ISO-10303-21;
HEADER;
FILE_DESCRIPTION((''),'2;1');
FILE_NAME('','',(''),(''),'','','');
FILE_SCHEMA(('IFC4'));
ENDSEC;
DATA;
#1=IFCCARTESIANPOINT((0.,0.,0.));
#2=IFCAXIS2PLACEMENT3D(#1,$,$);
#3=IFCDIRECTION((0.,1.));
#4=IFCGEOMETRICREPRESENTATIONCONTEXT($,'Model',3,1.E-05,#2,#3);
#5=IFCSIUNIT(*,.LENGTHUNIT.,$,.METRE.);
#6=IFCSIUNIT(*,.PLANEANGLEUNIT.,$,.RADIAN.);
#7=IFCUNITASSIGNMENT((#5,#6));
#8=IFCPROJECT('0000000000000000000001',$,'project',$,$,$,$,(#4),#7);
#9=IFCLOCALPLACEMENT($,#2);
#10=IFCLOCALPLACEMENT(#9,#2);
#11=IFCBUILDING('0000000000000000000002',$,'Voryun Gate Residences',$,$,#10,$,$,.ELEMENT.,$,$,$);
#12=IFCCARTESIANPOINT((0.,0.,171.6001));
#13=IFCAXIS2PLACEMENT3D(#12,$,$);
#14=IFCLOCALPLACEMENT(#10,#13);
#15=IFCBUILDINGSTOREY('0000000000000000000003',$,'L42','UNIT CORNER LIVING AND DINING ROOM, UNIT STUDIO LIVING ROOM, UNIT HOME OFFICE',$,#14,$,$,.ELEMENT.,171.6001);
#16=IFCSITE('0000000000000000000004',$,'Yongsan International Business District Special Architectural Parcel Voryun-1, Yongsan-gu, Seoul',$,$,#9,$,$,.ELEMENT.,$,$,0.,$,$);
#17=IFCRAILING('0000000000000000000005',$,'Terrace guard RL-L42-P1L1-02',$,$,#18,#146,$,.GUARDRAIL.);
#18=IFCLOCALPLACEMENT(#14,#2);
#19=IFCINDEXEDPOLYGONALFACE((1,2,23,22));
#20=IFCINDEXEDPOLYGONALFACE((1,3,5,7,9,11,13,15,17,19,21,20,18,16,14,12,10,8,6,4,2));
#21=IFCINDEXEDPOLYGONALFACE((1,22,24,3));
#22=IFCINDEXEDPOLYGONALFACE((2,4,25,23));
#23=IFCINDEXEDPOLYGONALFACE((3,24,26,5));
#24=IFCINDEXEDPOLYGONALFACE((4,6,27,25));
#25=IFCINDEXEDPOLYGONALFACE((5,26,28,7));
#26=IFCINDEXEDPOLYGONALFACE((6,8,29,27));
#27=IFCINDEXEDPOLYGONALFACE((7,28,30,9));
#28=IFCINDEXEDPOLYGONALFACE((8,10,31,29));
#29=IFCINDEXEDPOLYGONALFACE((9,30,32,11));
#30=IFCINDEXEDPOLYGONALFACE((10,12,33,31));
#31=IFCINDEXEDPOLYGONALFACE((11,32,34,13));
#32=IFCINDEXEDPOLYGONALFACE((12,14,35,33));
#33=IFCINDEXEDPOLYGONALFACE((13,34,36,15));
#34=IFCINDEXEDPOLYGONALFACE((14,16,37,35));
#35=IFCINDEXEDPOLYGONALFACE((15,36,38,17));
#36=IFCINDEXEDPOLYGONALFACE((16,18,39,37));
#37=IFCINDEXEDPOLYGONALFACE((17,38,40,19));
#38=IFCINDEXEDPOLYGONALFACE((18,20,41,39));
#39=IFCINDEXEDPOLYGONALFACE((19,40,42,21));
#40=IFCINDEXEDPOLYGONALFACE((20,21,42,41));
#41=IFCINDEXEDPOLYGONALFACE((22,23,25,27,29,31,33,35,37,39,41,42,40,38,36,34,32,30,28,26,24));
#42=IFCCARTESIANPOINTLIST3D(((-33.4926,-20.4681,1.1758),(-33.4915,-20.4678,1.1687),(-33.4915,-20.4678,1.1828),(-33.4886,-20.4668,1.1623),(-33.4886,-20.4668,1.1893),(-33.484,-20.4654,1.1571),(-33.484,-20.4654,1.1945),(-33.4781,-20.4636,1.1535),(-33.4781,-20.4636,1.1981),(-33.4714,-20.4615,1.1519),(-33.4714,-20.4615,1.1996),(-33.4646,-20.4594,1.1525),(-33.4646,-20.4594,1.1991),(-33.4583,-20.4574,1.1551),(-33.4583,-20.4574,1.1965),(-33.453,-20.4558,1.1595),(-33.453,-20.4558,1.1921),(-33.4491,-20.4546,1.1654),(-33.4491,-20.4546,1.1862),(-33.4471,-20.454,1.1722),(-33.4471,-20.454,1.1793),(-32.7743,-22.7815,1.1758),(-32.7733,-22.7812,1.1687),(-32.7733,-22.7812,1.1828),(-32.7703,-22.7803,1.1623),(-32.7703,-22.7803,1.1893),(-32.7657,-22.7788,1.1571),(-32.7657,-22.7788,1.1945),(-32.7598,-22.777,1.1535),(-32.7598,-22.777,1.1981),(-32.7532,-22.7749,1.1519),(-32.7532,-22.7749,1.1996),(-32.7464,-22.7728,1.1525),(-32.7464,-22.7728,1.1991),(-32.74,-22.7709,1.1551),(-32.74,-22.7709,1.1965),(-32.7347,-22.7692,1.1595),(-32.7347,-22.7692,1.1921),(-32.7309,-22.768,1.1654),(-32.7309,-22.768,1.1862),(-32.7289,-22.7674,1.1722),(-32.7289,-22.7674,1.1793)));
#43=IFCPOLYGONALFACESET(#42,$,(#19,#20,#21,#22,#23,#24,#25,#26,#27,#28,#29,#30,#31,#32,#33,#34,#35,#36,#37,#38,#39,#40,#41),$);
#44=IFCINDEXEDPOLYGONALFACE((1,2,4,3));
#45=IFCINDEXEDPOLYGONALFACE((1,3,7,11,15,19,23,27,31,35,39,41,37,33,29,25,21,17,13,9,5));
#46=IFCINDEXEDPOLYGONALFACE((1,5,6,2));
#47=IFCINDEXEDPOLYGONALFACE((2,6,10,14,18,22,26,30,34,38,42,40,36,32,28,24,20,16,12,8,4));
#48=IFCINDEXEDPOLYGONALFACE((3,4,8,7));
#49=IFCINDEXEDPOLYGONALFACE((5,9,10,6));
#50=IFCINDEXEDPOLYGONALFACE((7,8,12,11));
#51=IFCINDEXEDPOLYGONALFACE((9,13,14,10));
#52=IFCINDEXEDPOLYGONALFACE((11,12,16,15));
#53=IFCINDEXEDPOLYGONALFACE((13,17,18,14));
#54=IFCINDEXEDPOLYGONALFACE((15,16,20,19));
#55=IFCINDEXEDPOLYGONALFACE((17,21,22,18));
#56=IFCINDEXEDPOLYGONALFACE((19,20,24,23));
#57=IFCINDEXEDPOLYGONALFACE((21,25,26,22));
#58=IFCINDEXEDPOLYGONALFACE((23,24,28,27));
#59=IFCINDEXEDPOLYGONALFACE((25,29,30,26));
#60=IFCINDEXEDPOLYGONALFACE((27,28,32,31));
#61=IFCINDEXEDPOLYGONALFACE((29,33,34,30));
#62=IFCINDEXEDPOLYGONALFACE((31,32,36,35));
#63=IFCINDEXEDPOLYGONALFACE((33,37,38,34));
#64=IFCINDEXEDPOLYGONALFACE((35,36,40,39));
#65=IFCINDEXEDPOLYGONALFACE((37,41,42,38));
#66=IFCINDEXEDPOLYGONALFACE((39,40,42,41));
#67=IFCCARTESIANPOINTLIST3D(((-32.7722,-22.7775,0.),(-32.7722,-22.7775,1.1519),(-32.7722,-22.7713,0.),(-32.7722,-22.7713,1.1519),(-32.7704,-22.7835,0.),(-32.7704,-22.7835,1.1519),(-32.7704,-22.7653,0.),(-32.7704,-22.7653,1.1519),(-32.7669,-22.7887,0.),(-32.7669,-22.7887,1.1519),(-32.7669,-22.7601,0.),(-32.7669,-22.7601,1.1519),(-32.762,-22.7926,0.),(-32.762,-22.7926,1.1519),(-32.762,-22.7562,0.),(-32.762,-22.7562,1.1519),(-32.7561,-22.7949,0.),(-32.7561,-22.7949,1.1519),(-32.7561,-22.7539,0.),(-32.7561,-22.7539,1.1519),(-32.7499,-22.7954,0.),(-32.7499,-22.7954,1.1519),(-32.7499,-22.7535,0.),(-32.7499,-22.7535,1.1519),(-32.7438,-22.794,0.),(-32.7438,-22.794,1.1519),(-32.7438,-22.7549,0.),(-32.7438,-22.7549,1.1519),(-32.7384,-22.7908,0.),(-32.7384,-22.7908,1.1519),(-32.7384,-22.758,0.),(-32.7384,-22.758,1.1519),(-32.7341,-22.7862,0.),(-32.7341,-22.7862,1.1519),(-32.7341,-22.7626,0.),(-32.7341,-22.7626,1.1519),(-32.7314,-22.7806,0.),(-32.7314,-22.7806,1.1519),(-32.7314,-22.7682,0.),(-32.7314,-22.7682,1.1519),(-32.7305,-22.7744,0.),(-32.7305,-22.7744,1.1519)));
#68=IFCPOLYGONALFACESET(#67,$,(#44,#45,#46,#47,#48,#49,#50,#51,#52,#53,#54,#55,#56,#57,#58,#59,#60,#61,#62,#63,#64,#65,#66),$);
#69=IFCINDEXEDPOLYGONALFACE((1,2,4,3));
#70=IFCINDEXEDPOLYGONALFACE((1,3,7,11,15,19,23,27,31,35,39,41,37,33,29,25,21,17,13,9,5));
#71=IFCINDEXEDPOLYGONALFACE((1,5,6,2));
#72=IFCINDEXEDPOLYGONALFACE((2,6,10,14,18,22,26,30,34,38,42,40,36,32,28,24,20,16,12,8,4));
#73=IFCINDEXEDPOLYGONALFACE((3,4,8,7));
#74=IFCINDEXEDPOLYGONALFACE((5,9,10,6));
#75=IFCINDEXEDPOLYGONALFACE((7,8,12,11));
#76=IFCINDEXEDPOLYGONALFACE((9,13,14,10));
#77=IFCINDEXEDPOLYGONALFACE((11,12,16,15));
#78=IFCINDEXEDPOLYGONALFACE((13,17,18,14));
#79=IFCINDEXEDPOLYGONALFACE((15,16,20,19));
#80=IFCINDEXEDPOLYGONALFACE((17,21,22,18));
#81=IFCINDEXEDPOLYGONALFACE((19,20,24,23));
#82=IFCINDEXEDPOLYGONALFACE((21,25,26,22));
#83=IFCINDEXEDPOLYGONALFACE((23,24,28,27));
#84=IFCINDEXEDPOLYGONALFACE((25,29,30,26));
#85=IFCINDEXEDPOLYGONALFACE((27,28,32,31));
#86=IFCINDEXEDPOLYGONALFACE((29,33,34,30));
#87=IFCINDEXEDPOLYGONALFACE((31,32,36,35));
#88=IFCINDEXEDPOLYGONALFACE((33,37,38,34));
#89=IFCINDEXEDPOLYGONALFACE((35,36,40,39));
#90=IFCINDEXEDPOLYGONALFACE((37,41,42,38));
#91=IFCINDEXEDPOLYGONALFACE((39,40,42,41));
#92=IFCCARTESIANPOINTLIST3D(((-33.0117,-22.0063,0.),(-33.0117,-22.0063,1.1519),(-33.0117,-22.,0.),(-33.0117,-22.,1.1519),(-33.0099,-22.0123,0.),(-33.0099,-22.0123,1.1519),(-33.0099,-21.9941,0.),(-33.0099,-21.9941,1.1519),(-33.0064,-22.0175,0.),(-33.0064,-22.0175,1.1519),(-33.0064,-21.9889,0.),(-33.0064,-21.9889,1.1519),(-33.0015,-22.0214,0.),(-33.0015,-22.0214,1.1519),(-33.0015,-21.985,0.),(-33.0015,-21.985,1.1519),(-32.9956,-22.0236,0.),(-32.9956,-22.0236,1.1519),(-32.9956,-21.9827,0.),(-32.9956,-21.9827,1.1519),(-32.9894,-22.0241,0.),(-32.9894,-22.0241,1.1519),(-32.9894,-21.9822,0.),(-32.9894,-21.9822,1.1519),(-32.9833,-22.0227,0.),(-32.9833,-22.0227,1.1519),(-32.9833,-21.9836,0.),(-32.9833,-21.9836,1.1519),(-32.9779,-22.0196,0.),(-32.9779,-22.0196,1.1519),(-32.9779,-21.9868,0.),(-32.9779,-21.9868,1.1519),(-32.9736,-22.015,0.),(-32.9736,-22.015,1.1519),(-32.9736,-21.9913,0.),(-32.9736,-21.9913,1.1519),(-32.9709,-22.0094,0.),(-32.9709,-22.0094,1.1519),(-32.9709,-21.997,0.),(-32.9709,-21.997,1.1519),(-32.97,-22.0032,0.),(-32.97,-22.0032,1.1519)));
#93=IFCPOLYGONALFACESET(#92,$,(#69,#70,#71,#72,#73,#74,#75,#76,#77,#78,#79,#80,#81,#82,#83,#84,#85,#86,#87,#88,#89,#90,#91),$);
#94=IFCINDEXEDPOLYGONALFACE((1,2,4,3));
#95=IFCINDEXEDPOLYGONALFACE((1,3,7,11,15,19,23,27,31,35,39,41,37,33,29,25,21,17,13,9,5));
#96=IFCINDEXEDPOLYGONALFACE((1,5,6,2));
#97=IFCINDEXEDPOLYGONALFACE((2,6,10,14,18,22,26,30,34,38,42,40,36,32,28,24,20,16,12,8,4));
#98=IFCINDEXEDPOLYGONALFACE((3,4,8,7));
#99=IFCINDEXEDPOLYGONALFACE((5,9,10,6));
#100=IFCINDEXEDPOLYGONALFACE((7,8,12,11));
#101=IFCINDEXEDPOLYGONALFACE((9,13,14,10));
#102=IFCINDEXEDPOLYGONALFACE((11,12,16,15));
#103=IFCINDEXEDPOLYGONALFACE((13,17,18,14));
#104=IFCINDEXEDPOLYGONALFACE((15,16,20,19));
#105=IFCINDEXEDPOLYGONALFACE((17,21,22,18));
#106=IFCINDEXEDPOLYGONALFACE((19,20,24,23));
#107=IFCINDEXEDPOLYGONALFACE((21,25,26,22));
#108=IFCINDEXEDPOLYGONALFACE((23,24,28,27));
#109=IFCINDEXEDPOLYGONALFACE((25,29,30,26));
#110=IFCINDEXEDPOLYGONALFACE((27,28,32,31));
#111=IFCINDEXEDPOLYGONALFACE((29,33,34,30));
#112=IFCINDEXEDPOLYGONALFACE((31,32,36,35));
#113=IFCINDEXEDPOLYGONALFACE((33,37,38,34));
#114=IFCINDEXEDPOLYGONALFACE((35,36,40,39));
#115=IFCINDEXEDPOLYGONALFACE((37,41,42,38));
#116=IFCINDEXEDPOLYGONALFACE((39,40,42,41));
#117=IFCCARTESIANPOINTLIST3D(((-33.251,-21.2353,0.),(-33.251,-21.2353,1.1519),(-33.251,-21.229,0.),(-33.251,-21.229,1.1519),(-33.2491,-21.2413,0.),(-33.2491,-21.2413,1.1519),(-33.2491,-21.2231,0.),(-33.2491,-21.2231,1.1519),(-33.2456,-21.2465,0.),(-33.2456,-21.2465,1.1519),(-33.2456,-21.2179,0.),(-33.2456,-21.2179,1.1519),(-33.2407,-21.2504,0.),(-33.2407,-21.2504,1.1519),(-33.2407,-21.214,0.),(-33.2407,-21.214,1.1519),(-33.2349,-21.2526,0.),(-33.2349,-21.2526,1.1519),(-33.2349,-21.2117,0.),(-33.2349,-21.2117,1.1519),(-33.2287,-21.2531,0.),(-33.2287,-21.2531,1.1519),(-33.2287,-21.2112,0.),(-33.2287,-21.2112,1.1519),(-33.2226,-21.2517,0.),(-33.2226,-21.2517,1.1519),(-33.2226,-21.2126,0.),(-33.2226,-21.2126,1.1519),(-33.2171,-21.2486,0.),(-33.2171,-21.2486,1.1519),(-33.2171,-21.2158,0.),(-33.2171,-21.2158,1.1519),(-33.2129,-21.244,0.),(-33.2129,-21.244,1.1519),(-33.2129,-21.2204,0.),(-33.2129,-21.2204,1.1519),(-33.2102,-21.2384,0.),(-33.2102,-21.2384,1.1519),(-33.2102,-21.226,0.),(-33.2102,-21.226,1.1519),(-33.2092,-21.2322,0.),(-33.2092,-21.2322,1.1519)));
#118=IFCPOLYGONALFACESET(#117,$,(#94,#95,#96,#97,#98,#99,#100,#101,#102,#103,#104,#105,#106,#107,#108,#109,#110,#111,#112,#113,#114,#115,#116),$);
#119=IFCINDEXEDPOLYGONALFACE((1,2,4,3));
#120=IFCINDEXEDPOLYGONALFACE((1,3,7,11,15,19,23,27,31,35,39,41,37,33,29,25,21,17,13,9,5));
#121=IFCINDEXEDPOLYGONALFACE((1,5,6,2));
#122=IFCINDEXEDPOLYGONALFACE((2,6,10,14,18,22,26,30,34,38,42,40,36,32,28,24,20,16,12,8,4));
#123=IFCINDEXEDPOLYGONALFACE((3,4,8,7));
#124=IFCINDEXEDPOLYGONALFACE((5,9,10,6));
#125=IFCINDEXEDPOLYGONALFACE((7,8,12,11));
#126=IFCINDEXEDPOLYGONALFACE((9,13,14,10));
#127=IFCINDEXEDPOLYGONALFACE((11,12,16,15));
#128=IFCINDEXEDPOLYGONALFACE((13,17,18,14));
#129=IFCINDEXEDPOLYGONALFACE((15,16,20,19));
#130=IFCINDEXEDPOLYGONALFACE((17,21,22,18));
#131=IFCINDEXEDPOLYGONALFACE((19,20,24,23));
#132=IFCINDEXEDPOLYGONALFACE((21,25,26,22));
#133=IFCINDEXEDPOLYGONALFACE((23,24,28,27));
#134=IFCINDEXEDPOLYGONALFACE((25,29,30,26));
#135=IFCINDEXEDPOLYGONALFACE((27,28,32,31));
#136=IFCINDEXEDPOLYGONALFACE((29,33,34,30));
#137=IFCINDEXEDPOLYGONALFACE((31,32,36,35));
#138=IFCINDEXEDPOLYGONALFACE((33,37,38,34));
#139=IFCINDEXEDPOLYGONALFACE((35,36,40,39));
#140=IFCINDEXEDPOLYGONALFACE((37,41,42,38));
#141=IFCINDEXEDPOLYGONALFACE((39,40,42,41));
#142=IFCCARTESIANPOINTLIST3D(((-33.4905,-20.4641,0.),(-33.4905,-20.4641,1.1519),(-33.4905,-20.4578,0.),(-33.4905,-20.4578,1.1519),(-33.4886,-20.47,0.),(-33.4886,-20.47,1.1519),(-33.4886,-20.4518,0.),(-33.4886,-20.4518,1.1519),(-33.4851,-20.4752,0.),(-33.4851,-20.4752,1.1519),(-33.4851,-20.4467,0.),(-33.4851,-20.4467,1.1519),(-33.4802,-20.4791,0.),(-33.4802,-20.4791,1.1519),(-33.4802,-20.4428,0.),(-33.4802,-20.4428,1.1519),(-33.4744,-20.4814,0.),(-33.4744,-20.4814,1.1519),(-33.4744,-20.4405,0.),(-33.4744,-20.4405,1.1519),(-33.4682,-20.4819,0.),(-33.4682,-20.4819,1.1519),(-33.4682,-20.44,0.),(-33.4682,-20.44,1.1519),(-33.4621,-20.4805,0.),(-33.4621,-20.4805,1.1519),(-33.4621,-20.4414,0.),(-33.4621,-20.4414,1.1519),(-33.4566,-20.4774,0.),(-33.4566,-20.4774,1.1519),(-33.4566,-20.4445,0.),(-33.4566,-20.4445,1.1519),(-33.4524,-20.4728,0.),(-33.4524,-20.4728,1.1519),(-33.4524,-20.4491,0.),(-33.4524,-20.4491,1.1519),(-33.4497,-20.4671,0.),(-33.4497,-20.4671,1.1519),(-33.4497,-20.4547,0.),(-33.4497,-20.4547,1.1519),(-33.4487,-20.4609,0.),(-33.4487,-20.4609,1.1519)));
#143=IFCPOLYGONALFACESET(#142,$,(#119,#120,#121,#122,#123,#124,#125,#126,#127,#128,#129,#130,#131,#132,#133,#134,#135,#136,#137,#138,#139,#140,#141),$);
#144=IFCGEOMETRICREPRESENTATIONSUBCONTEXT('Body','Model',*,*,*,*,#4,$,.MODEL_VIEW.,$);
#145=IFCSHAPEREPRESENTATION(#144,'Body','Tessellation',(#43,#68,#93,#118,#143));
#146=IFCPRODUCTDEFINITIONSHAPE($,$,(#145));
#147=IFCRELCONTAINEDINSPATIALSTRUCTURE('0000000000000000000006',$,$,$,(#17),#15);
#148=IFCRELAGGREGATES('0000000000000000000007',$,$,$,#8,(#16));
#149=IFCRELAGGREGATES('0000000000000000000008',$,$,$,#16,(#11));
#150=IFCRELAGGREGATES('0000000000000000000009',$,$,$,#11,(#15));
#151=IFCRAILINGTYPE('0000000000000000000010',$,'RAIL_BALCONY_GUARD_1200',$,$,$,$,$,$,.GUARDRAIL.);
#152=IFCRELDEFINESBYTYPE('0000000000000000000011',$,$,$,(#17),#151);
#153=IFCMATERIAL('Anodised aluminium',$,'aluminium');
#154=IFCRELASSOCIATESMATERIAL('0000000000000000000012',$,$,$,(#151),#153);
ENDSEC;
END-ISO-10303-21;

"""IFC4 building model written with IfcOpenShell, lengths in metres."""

from ifc_helpers import new_model, si_unit, direction, frame, origin, origin_2d, place, context, subcontext, project, spatial, circle, extrude, material, type_object, element, save


model = new_model("IFC4")

# Units and contexts
model_context = context("Model", 3, precision=1e-05, world=origin(), true_north=direction((0.0, 1.0)))
body_context = subcontext(model_context, "Body", "Model", "MODEL_VIEW")
ifc_project = project(units=[si_unit("LENGTHUNIT", "METRE"), si_unit("PLANEANGLEUNIT", "RADIAN")], contexts=[model_context])

# Site, building, storey
site_placement = place(None, origin())
site = spatial("IfcSite", under=ifc_project, at=site_placement, Name="Yongsan International Business District Special Architectural Parcel Voryun-1, Yongsan-gu, Seoul", CompositionType="ELEMENT", RefElevation=0.0)
building_placement = place(site_placement, origin())
building = spatial("IfcBuilding", under=site, at=building_placement, Name="Voryun Gate Residences", CompositionType="ELEMENT")
storey_placement = place(building_placement, frame((0.0, 0.0, 171.6001)))
storey = spatial("IfcBuildingStorey", under=building, at=storey_placement, Name="L42", Description="UNIT CORNER LIVING AND DINING ROOM, UNIT STUDIO LIVING ROOM, UNIT HOME OFFICE", CompositionType="ELEMENT", Elevation=171.6001)

# Railing
ifc_material_1 = material(Name="Anodised aluminium", Category="aluminium")
railing_type = type_object("IfcRailingType", Name="RAIL_BALCONY_GUARD_1200", PredefinedType="GUARDRAIL", material=ifc_material_1)
railing_1_placement = place(storey_placement, frame((-32.7515, -22.7744, 0.0)))
element("IfcRailing", 1, at=railing_1_placement, inside=storey, type_object=railing_type, Name="Terrace guard RL-L42-P1L1-02", PredefinedType="GUARDRAIL", context=body_context, shape_type="SweptSolid", body=[
    extrude(circle(Radius=0.0239, at=origin_2d()), frame((0.0, 0.0, 1.1758), z_axis=(-0.296507, 0.955031, 0.0), x_axis=(-0.955031, -0.296507, 0.0)), (0.0, 0.0, 1.0), 2.4224),
    extrude(circle(Radius=0.021, at=origin_2d()), origin(), (0.0, 0.0, 1.0), 1.1519),
    extrude(circle(Radius=0.021, at=origin_2d()), frame((-0.2395, 0.7712, 0.0)), (0.0, 0.0, 1.0), 1.1519),
    extrude(circle(Radius=0.021, at=origin_2d()), frame((-0.4788, 1.5422, 0.0)), (0.0, 0.0, 1.0), 1.1519),
    extrude(circle(Radius=0.021, at=origin_2d()), frame((-0.7183, 2.3135, 0.0)), (0.0, 0.0, 1.0), 1.1519),
])

save(model, "model.ifc")
